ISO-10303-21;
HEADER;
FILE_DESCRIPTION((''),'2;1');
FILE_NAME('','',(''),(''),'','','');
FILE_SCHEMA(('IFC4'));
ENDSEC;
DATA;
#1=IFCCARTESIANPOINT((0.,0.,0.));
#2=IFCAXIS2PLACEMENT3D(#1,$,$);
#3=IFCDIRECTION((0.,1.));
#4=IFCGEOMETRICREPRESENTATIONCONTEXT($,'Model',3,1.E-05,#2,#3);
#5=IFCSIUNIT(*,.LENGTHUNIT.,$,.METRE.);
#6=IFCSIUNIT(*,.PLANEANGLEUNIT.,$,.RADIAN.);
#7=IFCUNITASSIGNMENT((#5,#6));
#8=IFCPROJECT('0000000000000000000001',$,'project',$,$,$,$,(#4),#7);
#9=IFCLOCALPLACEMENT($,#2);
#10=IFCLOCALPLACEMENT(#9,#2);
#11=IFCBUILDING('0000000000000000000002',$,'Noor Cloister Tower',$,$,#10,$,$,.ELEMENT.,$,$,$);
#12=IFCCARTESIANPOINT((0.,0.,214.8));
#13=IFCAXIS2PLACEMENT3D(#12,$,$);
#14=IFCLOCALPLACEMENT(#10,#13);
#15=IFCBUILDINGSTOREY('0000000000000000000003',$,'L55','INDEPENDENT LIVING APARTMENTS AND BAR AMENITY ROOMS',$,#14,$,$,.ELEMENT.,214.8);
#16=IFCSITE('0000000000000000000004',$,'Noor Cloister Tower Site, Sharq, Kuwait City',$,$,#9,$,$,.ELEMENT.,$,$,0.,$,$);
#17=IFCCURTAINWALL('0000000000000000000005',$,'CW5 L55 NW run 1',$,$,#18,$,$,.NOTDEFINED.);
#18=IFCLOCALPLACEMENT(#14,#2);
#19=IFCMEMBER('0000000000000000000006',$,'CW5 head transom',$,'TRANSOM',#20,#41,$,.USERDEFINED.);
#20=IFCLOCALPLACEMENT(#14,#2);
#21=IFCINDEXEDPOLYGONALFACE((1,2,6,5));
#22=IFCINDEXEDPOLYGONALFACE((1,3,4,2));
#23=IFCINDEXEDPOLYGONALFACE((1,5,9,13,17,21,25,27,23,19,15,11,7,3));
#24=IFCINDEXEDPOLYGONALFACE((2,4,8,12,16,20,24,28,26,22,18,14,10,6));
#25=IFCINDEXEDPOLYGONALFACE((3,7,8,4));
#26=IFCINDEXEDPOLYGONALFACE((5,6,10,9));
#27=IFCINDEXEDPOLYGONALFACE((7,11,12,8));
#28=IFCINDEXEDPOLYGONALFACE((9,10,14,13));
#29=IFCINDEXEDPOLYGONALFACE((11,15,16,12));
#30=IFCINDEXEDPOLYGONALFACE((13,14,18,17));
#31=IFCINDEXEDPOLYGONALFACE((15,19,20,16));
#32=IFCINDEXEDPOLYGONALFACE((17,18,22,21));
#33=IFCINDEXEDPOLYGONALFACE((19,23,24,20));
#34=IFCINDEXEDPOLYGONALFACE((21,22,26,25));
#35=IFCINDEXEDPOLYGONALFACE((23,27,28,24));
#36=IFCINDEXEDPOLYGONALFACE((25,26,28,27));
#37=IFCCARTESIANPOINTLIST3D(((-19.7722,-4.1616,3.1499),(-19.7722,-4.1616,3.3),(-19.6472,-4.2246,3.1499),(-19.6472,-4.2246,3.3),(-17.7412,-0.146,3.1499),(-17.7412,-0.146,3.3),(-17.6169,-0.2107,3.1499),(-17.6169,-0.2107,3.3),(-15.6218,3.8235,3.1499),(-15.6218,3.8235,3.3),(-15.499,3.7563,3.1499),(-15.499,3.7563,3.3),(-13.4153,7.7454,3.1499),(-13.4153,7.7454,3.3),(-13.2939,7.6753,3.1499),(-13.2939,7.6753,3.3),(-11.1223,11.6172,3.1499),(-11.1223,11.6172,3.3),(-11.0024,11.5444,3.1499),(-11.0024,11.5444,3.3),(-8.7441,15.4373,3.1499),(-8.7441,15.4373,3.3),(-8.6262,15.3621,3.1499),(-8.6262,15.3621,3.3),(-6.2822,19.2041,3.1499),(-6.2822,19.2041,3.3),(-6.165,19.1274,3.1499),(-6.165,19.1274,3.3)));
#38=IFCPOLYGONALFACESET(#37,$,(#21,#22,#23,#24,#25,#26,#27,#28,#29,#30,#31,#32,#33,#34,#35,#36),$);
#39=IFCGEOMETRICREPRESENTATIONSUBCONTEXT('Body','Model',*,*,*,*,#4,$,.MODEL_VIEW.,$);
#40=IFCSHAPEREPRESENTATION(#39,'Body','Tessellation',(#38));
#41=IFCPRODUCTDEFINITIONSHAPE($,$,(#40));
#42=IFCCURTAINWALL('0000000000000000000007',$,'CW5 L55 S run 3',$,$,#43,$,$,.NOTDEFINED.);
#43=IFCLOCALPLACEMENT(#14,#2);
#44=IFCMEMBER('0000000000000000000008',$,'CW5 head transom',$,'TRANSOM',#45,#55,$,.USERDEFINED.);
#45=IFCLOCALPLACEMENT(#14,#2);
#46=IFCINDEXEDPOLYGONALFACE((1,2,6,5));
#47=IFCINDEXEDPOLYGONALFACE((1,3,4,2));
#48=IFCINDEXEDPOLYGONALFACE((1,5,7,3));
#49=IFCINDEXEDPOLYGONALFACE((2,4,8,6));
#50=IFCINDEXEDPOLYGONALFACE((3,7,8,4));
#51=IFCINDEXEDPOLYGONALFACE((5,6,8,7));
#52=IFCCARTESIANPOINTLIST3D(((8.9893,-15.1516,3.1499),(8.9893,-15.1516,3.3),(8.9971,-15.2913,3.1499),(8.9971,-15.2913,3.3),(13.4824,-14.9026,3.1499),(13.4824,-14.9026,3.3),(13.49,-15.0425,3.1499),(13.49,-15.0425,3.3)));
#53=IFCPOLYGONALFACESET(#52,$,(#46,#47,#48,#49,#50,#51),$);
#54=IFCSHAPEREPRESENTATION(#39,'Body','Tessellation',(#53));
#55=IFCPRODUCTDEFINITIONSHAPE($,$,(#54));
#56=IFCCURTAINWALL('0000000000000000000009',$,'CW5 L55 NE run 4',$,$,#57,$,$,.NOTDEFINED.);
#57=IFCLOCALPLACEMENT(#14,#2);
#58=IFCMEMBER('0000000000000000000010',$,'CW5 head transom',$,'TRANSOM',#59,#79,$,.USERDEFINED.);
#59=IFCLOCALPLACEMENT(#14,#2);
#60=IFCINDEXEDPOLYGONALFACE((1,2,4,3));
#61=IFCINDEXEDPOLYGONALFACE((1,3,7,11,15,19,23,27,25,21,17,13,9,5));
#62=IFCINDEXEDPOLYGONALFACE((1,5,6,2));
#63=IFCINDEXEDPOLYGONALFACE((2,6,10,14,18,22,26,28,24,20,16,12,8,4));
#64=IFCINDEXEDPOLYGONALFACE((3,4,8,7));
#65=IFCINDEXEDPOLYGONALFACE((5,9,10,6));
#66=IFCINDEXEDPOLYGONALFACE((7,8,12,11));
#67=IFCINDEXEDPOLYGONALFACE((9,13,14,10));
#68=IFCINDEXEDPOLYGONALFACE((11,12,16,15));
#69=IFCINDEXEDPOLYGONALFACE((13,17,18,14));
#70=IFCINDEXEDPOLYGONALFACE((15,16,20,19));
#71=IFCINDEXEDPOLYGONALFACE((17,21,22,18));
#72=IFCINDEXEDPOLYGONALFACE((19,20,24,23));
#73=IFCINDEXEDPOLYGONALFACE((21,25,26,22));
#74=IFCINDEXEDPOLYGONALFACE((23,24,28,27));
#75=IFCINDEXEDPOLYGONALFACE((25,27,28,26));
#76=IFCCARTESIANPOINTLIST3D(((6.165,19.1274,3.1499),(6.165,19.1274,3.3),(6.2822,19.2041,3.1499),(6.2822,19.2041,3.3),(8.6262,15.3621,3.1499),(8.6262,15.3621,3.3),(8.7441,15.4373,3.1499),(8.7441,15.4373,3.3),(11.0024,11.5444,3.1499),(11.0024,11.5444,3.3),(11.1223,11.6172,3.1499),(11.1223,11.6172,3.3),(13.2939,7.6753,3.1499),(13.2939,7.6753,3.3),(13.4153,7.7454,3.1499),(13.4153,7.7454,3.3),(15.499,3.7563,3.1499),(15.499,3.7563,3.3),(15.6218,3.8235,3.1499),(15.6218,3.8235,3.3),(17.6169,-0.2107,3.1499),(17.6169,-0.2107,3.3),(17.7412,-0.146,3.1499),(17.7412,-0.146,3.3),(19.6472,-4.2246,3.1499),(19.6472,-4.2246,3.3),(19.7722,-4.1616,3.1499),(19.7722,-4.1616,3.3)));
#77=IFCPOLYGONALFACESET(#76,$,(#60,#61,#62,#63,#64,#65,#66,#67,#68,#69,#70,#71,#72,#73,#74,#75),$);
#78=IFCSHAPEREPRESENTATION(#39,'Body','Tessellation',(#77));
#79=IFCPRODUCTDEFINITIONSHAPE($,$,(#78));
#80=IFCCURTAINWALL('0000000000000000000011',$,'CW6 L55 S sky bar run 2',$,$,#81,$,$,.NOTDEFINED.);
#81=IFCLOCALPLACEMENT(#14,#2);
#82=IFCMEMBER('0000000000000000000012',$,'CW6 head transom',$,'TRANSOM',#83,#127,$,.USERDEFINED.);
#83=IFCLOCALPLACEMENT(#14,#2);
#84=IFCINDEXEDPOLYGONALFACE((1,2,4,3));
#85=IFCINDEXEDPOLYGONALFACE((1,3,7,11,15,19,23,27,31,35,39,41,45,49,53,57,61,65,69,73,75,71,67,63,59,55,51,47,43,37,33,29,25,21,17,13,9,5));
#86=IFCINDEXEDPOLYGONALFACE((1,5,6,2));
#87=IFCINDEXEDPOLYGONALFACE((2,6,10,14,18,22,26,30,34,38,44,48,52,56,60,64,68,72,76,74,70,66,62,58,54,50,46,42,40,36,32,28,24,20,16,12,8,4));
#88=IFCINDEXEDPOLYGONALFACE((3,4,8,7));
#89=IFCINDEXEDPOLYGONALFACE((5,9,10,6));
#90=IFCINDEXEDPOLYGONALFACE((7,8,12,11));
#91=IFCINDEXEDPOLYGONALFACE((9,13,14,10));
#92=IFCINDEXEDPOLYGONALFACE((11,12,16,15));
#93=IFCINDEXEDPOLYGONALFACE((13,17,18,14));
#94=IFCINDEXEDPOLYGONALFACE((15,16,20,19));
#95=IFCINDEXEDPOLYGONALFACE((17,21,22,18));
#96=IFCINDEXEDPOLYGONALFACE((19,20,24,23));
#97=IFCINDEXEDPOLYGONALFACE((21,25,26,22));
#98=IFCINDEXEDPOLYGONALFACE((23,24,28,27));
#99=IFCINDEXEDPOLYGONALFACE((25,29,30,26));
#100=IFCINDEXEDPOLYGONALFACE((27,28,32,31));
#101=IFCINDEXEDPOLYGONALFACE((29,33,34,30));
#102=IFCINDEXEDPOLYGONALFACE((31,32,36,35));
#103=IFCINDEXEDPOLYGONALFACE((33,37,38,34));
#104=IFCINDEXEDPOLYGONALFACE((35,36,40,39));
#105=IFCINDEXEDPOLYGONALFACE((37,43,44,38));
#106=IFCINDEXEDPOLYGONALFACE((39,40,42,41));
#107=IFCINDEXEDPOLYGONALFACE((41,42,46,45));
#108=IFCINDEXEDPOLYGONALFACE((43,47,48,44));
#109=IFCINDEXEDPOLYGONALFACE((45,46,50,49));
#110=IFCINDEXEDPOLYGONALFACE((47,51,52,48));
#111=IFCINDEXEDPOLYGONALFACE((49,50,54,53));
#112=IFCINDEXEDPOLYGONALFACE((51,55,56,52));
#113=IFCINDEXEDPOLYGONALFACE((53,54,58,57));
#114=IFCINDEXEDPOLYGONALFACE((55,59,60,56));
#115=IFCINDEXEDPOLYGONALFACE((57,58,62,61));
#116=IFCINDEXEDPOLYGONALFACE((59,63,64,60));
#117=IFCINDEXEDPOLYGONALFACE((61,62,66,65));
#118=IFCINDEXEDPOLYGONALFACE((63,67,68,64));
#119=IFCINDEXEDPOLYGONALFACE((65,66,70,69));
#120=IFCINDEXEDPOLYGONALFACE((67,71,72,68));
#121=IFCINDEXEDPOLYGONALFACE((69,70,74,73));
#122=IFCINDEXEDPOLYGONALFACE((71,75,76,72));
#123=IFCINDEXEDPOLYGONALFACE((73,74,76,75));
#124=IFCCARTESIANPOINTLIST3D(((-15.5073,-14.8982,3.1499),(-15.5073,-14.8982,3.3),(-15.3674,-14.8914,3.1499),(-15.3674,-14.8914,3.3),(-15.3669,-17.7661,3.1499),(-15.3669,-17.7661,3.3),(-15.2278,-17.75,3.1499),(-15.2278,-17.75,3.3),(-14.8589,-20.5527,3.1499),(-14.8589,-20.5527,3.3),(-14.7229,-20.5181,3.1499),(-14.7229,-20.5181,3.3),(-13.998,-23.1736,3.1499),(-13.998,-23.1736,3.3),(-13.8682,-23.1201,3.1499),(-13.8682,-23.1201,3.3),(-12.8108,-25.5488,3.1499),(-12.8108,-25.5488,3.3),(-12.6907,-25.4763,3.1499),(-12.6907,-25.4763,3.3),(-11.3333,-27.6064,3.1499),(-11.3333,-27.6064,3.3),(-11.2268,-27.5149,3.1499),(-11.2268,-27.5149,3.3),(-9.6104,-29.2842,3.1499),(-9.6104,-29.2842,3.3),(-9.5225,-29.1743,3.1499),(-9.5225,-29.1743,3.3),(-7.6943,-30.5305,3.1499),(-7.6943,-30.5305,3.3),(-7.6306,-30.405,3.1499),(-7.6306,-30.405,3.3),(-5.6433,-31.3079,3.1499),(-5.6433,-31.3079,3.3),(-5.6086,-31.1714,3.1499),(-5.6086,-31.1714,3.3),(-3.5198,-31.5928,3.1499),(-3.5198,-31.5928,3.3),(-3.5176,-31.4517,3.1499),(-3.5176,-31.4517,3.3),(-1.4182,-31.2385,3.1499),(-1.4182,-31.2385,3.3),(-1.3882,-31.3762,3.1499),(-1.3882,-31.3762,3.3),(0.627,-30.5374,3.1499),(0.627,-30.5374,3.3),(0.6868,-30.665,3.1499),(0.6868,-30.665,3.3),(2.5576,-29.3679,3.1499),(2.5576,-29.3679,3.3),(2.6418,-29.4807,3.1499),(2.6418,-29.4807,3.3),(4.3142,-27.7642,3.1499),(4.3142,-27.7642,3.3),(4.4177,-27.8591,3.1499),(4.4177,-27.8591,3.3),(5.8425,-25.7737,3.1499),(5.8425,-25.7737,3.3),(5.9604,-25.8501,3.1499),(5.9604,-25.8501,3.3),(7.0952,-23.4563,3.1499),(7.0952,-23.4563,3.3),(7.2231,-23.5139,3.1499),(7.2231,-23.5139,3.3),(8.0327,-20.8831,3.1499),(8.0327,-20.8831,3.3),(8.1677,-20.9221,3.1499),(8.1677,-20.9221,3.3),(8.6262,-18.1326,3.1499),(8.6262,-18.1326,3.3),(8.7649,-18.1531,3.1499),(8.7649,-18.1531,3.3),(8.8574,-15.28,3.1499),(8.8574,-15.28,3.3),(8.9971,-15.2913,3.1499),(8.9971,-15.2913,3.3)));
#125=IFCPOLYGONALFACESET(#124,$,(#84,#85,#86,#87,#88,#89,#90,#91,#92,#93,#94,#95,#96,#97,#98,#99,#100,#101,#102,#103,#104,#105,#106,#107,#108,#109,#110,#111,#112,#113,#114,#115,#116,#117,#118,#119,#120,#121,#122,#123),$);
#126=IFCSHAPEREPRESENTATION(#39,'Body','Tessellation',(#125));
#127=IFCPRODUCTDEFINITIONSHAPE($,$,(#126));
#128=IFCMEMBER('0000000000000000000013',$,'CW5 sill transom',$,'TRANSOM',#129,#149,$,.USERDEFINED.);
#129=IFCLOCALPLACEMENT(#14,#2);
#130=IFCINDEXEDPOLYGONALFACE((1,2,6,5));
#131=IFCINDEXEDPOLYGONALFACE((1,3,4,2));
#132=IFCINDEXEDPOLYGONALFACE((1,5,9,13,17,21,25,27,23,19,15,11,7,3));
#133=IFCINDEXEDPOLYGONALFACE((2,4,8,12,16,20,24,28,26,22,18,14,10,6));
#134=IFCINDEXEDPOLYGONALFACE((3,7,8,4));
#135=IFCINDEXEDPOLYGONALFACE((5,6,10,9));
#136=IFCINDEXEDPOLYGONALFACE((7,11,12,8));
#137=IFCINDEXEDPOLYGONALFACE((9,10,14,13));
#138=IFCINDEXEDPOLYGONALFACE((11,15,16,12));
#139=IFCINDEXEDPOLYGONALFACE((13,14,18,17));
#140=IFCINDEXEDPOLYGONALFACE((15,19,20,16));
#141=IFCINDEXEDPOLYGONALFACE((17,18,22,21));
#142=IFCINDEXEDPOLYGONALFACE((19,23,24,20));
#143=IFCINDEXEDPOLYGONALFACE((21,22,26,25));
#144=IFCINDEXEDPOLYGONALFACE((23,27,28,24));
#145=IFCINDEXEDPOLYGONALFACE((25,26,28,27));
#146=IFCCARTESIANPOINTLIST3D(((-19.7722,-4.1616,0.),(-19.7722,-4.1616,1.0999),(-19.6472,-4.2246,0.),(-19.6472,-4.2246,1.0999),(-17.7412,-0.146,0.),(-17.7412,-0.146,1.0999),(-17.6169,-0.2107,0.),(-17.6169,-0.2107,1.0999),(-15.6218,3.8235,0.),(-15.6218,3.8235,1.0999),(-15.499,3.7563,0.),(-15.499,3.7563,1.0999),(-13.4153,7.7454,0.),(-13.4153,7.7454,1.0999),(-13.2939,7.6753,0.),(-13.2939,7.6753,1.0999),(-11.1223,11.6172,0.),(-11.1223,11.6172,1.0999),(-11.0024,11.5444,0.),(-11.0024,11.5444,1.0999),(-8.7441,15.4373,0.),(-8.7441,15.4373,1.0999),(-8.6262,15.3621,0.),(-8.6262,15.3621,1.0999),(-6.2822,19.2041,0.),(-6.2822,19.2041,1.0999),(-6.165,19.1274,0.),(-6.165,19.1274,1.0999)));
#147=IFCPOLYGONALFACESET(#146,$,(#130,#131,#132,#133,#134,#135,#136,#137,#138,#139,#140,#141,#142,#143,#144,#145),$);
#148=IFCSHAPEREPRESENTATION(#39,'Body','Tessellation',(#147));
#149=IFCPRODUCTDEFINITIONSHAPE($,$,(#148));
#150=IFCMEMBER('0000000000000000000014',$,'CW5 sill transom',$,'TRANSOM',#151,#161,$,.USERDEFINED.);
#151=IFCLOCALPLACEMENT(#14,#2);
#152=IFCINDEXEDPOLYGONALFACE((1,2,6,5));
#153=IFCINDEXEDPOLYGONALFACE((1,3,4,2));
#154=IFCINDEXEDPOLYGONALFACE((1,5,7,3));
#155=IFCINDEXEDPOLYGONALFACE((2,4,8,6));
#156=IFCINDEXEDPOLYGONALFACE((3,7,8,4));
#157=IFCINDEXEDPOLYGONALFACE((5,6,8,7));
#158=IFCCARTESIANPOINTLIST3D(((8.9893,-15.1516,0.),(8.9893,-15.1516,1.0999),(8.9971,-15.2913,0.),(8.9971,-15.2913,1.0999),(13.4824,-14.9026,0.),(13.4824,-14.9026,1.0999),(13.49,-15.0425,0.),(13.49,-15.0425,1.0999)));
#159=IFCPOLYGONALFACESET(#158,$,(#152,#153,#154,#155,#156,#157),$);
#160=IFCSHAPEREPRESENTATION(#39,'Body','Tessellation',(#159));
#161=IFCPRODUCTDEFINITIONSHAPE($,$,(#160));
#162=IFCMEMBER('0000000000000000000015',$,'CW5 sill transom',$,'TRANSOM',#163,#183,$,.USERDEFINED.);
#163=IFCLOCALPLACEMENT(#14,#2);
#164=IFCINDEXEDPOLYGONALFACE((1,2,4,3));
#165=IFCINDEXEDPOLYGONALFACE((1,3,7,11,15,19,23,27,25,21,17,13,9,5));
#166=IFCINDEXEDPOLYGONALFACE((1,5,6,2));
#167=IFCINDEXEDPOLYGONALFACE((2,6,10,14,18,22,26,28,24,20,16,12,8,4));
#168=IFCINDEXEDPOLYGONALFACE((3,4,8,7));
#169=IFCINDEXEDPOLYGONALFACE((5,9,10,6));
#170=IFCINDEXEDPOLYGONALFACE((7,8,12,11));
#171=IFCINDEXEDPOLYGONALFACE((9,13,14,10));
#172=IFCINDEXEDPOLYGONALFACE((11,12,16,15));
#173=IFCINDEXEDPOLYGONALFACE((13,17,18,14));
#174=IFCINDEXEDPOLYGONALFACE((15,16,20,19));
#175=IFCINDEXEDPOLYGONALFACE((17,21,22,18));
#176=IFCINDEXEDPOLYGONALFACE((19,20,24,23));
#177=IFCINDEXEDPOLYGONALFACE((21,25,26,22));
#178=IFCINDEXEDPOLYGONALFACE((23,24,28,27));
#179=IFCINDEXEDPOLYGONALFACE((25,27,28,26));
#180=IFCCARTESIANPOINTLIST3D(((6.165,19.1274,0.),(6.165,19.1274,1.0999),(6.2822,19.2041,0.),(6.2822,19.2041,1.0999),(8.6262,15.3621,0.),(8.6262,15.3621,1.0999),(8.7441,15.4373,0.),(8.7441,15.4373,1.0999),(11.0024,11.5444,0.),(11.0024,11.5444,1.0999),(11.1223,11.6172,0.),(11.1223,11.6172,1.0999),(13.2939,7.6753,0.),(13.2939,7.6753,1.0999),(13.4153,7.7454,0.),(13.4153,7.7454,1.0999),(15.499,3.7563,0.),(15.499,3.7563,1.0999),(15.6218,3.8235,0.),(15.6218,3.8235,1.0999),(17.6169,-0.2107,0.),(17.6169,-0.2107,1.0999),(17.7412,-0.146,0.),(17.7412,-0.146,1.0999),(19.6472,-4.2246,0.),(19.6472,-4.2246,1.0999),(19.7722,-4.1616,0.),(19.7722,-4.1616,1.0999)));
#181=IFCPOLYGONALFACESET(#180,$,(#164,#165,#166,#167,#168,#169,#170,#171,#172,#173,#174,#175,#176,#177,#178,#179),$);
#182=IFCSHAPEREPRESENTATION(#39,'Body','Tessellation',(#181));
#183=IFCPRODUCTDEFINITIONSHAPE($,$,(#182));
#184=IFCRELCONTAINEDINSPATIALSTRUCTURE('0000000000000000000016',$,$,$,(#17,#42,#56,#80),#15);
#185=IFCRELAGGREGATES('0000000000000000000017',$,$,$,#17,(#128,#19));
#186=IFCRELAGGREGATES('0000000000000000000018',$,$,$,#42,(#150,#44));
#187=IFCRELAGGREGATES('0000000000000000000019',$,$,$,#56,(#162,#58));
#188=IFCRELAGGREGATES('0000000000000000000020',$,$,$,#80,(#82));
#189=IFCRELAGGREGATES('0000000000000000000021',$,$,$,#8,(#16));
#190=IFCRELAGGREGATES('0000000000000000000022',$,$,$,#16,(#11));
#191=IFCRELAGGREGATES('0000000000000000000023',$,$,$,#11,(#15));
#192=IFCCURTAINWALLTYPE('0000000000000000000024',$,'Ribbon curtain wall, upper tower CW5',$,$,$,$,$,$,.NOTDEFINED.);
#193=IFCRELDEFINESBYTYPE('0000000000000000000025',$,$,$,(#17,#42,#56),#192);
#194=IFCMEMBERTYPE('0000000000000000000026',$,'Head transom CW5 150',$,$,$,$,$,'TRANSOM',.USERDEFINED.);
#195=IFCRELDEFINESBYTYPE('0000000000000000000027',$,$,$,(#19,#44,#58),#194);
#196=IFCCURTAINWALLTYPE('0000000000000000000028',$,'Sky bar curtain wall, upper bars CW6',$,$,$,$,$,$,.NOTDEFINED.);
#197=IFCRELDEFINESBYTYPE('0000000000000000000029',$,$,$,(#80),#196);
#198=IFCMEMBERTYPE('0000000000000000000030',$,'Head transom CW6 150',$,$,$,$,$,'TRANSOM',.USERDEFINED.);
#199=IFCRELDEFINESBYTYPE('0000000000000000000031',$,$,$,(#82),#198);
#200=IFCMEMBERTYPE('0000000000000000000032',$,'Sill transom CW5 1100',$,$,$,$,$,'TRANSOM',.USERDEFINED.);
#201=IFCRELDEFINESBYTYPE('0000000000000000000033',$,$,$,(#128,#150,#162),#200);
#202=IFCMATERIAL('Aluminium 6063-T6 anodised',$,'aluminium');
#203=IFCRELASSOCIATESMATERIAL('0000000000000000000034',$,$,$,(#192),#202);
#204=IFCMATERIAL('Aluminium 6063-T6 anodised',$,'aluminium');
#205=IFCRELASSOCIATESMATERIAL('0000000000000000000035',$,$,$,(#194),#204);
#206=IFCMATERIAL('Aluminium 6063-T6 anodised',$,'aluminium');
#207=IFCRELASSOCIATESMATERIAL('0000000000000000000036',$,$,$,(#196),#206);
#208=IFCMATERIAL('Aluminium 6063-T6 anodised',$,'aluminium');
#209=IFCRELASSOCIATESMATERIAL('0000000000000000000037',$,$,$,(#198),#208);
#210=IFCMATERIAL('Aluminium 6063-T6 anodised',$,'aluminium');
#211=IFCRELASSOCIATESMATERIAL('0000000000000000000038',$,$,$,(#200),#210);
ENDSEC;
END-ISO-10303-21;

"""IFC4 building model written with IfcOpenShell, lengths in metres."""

from ifc_helpers import new_model, si_unit, direction, frame, origin, place, context, subcontext, project, spatial, polyline, outline, extrude, material, type_object, element, aggregate, save


model = new_model("IFC4")

# Units and contexts
model_context = context("Model", 3, precision=1e-05, world=origin(), true_north=direction((0.0, 1.0)))
body_context = subcontext(model_context, "Body", "Model", "MODEL_VIEW")
ifc_project = project(units=[si_unit("LENGTHUNIT", "METRE"), si_unit("PLANEANGLEUNIT", "RADIAN")], contexts=[model_context])

# Site, building, storey
site_placement = place(None, origin())
site = spatial("IfcSite", under=ifc_project, at=site_placement, Name="Noor Cloister Tower Site, Sharq, Kuwait City", CompositionType="ELEMENT", RefElevation=0.0)
building_placement = place(site_placement, origin())
building = spatial("IfcBuilding", under=site, at=building_placement, Name="Noor Cloister Tower", CompositionType="ELEMENT")
storey_placement = place(building_placement, frame((0.0, 0.0, 214.8)))
storey = spatial("IfcBuildingStorey", under=building, at=storey_placement, Name="L55", Description="INDEPENDENT LIVING APARTMENTS AND BAR AMENITY ROOMS", CompositionType="ELEMENT", Elevation=214.8)

# Curtain walls, members
ifc_material_1 = material(Name="Aluminium 6063-T6 anodised", Category="aluminium")
curtain_wall_type_1 = type_object("IfcCurtainWallType", Name="Ribbon curtain wall, upper tower CW5", PredefinedType="NOTDEFINED", material=ifc_material_1)
curtain_wall_1_placement = place(storey_placement, origin())
curtain_wall_1 = element("IfcCurtainWall", 1, at=curtain_wall_1_placement, inside=storey, type_object=curtain_wall_type_1, Name="CW5 L55 NW run 1", PredefinedType="NOTDEFINED")
ifc_material_2 = material(Name="Aluminium 6063-T6 anodised", Category="aluminium")
member_type_1 = type_object("IfcMemberType", Name="Head transom CW5 150", ElementType="TRANSOM", PredefinedType="USERDEFINED", material=ifc_material_2)
member_1_placement = place(storey_placement, frame((0.0, 0.0, 3.1499)))
member_1 = element("IfcMember", 2, at=member_1_placement, type_object=member_type_1, Name="CW5 head transom", ObjectType="TRANSOM", PredefinedType="USERDEFINED", context=body_context, shape_type="SweptSolid", body=[
    extrude(outline(polyline([(-6.2822, 19.2041), (-8.7441, 15.4373), (-11.1223, 11.6172), (-13.4153, 7.7454), (-15.6218, 3.8235), (-17.7412, -0.146), (-19.7722, -4.1616), (-19.6472, -4.2246), (-17.6169, -0.2107), (-15.499, 3.7563), (-13.2939, 7.6753), (-11.0024, 11.5444), (-8.6262, 15.3621), (-6.165, 19.1274), (-6.2822, 19.2041)])), origin(), (0.0, 0.0, 1.0), 0.1501),
])
curtain_wall_2_placement = place(storey_placement, origin())
curtain_wall_2 = element("IfcCurtainWall", 3, at=curtain_wall_2_placement, inside=storey, type_object=curtain_wall_type_1, Name="CW5 L55 S run 3", PredefinedType="NOTDEFINED")
member_2_placement = place(storey_placement, frame((0.0, 0.0, 3.1499)))
member_2 = element("IfcMember", 4, at=member_2_placement, type_object=member_type_1, Name="CW5 head transom", ObjectType="TRANSOM", PredefinedType="USERDEFINED", context=body_context, shape_type="SweptSolid", body=[
    extrude(outline(polyline([(8.9971, -15.2913), (13.49, -15.0425), (13.4824, -14.9026), (8.9893, -15.1516), (8.9971, -15.2913)])), origin(), (0.0, 0.0, 1.0), 0.1501),
])
curtain_wall_3_placement = place(storey_placement, origin())
curtain_wall_3 = element("IfcCurtainWall", 5, at=curtain_wall_3_placement, inside=storey, type_object=curtain_wall_type_1, Name="CW5 L55 NE run 4", PredefinedType="NOTDEFINED")
member_3_placement = place(storey_placement, frame((0.0, 0.0, 3.1499)))
member_3 = element("IfcMember", 6, at=member_3_placement, type_object=member_type_1, Name="CW5 head transom", ObjectType="TRANSOM", PredefinedType="USERDEFINED", context=body_context, shape_type="SweptSolid", body=[
    extrude(outline(polyline([(19.7722, -4.1616), (17.7412, -0.146), (15.6218, 3.8235), (13.4153, 7.7454), (11.1223, 11.6172), (8.7441, 15.4373), (6.2822, 19.2041), (6.165, 19.1274), (8.6262, 15.3621), (11.0024, 11.5444), (13.2939, 7.6753), (15.499, 3.7563), (17.6169, -0.2107), (19.6472, -4.2246), (19.7722, -4.1616)])), origin(), (0.0, 0.0, 1.0), 0.1501),
])
ifc_material_3 = material(Name="Aluminium 6063-T6 anodised", Category="aluminium")
curtain_wall_type_2 = type_object("IfcCurtainWallType", Name="Sky bar curtain wall, upper bars CW6", PredefinedType="NOTDEFINED", material=ifc_material_3)
curtain_wall_4_placement = place(storey_placement, origin())
curtain_wall_4 = element("IfcCurtainWall", 7, at=curtain_wall_4_placement, inside=storey, type_object=curtain_wall_type_2, Name="CW6 L55 S sky bar run 2", PredefinedType="NOTDEFINED")
ifc_material_4 = material(Name="Aluminium 6063-T6 anodised", Category="aluminium")
member_type_2 = type_object("IfcMemberType", Name="Head transom CW6 150", ElementType="TRANSOM", PredefinedType="USERDEFINED", material=ifc_material_4)
member_4_placement = place(storey_placement, frame((0.0, 0.0, 3.1499)))
member_4 = element("IfcMember", 8, at=member_4_placement, type_object=member_type_2, Name="CW6 head transom", ObjectType="TRANSOM", PredefinedType="USERDEFINED", context=body_context, shape_type="SweptSolid", body=[
    extrude(outline(polyline([(-15.5073, -14.8982), (-15.3669, -17.7661), (-14.8589, -20.5527), (-13.998, -23.1736), (-12.8108, -25.5488), (-11.3333, -27.6064), (-9.6104, -29.2842), (-7.6943, -30.5305), (-5.6433, -31.3079), (-3.5198, -31.5928), (-1.3882, -31.3762), (0.6868, -30.665), (2.6418, -29.4807), (4.4177, -27.8591), (5.9604, -25.8501), (7.2231, -23.5139), (8.1677, -20.9221), (8.7649, -18.1531), (8.9971, -15.2913), (8.8574, -15.28), (8.6262, -18.1326), (8.0327, -20.8831), (7.0952, -23.4563), (5.8425, -25.7737), (4.3142, -27.7642), (2.5576, -29.3679), (0.627, -30.5374), (-1.4182, -31.2385), (-3.5176, -31.4517), (-5.6086, -31.1714), (-7.6306, -30.405), (-9.5225, -29.1743), (-11.2268, -27.5149), (-12.6907, -25.4763), (-13.8682, -23.1201), (-14.7229, -20.5181), (-15.2278, -17.75), (-15.3674, -14.8914), (-15.5073, -14.8982)])), origin(), (0.0, 0.0, 1.0), 0.1501),
])

# Members
ifc_material_5 = material(Name="Aluminium 6063-T6 anodised", Category="aluminium")
member_type_3 = type_object("IfcMemberType", Name="Sill transom CW5 1100", ElementType="TRANSOM", PredefinedType="USERDEFINED", material=ifc_material_5)
member_5_placement = place(storey_placement, origin())
member_5 = element("IfcMember", 9, at=member_5_placement, type_object=member_type_3, Name="CW5 sill transom", ObjectType="TRANSOM", PredefinedType="USERDEFINED", context=body_context, shape_type="SweptSolid", body=[
    extrude(outline(polyline([(-6.2822, 19.2041), (-8.7441, 15.4373), (-11.1223, 11.6172), (-13.4153, 7.7454), (-15.6218, 3.8235), (-17.7412, -0.146), (-19.7722, -4.1616), (-19.6472, -4.2246), (-17.6169, -0.2107), (-15.499, 3.7563), (-13.2939, 7.6753), (-11.0024, 11.5444), (-8.6262, 15.3621), (-6.165, 19.1274), (-6.2822, 19.2041)])), origin(), (0.0, 0.0, 1.0), 1.0999),
])
aggregate(curtain_wall_1, [member_5, member_1])
member_6_placement = place(storey_placement, origin())
member_6 = element("IfcMember", 10, at=member_6_placement, type_object=member_type_3, Name="CW5 sill transom", ObjectType="TRANSOM", PredefinedType="USERDEFINED", context=body_context, shape_type="SweptSolid", body=[
    extrude(outline(polyline([(8.9971, -15.2913), (13.49, -15.0425), (13.4824, -14.9026), (8.9893, -15.1516), (8.9971, -15.2913)])), origin(), (0.0, 0.0, 1.0), 1.0999),
])
aggregate(curtain_wall_2, [member_6, member_2])
member_7_placement = place(storey_placement, origin())
member_7 = element("IfcMember", 11, at=member_7_placement, type_object=member_type_3, Name="CW5 sill transom", ObjectType="TRANSOM", PredefinedType="USERDEFINED", context=body_context, shape_type="SweptSolid", body=[
    extrude(outline(polyline([(19.7722, -4.1616), (17.7412, -0.146), (15.6218, 3.8235), (13.4153, 7.7454), (11.1223, 11.6172), (8.7441, 15.4373), (6.2822, 19.2041), (6.165, 19.1274), (8.6262, 15.3621), (11.0024, 11.5444), (13.2939, 7.6753), (15.499, 3.7563), (17.6169, -0.2107), (19.6472, -4.2246), (19.7722, -4.1616)])), origin(), (0.0, 0.0, 1.0), 1.0999),
])
aggregate(curtain_wall_3, [member_7, member_3])
aggregate(curtain_wall_4, [member_4])

save(model, "model.ifc")
